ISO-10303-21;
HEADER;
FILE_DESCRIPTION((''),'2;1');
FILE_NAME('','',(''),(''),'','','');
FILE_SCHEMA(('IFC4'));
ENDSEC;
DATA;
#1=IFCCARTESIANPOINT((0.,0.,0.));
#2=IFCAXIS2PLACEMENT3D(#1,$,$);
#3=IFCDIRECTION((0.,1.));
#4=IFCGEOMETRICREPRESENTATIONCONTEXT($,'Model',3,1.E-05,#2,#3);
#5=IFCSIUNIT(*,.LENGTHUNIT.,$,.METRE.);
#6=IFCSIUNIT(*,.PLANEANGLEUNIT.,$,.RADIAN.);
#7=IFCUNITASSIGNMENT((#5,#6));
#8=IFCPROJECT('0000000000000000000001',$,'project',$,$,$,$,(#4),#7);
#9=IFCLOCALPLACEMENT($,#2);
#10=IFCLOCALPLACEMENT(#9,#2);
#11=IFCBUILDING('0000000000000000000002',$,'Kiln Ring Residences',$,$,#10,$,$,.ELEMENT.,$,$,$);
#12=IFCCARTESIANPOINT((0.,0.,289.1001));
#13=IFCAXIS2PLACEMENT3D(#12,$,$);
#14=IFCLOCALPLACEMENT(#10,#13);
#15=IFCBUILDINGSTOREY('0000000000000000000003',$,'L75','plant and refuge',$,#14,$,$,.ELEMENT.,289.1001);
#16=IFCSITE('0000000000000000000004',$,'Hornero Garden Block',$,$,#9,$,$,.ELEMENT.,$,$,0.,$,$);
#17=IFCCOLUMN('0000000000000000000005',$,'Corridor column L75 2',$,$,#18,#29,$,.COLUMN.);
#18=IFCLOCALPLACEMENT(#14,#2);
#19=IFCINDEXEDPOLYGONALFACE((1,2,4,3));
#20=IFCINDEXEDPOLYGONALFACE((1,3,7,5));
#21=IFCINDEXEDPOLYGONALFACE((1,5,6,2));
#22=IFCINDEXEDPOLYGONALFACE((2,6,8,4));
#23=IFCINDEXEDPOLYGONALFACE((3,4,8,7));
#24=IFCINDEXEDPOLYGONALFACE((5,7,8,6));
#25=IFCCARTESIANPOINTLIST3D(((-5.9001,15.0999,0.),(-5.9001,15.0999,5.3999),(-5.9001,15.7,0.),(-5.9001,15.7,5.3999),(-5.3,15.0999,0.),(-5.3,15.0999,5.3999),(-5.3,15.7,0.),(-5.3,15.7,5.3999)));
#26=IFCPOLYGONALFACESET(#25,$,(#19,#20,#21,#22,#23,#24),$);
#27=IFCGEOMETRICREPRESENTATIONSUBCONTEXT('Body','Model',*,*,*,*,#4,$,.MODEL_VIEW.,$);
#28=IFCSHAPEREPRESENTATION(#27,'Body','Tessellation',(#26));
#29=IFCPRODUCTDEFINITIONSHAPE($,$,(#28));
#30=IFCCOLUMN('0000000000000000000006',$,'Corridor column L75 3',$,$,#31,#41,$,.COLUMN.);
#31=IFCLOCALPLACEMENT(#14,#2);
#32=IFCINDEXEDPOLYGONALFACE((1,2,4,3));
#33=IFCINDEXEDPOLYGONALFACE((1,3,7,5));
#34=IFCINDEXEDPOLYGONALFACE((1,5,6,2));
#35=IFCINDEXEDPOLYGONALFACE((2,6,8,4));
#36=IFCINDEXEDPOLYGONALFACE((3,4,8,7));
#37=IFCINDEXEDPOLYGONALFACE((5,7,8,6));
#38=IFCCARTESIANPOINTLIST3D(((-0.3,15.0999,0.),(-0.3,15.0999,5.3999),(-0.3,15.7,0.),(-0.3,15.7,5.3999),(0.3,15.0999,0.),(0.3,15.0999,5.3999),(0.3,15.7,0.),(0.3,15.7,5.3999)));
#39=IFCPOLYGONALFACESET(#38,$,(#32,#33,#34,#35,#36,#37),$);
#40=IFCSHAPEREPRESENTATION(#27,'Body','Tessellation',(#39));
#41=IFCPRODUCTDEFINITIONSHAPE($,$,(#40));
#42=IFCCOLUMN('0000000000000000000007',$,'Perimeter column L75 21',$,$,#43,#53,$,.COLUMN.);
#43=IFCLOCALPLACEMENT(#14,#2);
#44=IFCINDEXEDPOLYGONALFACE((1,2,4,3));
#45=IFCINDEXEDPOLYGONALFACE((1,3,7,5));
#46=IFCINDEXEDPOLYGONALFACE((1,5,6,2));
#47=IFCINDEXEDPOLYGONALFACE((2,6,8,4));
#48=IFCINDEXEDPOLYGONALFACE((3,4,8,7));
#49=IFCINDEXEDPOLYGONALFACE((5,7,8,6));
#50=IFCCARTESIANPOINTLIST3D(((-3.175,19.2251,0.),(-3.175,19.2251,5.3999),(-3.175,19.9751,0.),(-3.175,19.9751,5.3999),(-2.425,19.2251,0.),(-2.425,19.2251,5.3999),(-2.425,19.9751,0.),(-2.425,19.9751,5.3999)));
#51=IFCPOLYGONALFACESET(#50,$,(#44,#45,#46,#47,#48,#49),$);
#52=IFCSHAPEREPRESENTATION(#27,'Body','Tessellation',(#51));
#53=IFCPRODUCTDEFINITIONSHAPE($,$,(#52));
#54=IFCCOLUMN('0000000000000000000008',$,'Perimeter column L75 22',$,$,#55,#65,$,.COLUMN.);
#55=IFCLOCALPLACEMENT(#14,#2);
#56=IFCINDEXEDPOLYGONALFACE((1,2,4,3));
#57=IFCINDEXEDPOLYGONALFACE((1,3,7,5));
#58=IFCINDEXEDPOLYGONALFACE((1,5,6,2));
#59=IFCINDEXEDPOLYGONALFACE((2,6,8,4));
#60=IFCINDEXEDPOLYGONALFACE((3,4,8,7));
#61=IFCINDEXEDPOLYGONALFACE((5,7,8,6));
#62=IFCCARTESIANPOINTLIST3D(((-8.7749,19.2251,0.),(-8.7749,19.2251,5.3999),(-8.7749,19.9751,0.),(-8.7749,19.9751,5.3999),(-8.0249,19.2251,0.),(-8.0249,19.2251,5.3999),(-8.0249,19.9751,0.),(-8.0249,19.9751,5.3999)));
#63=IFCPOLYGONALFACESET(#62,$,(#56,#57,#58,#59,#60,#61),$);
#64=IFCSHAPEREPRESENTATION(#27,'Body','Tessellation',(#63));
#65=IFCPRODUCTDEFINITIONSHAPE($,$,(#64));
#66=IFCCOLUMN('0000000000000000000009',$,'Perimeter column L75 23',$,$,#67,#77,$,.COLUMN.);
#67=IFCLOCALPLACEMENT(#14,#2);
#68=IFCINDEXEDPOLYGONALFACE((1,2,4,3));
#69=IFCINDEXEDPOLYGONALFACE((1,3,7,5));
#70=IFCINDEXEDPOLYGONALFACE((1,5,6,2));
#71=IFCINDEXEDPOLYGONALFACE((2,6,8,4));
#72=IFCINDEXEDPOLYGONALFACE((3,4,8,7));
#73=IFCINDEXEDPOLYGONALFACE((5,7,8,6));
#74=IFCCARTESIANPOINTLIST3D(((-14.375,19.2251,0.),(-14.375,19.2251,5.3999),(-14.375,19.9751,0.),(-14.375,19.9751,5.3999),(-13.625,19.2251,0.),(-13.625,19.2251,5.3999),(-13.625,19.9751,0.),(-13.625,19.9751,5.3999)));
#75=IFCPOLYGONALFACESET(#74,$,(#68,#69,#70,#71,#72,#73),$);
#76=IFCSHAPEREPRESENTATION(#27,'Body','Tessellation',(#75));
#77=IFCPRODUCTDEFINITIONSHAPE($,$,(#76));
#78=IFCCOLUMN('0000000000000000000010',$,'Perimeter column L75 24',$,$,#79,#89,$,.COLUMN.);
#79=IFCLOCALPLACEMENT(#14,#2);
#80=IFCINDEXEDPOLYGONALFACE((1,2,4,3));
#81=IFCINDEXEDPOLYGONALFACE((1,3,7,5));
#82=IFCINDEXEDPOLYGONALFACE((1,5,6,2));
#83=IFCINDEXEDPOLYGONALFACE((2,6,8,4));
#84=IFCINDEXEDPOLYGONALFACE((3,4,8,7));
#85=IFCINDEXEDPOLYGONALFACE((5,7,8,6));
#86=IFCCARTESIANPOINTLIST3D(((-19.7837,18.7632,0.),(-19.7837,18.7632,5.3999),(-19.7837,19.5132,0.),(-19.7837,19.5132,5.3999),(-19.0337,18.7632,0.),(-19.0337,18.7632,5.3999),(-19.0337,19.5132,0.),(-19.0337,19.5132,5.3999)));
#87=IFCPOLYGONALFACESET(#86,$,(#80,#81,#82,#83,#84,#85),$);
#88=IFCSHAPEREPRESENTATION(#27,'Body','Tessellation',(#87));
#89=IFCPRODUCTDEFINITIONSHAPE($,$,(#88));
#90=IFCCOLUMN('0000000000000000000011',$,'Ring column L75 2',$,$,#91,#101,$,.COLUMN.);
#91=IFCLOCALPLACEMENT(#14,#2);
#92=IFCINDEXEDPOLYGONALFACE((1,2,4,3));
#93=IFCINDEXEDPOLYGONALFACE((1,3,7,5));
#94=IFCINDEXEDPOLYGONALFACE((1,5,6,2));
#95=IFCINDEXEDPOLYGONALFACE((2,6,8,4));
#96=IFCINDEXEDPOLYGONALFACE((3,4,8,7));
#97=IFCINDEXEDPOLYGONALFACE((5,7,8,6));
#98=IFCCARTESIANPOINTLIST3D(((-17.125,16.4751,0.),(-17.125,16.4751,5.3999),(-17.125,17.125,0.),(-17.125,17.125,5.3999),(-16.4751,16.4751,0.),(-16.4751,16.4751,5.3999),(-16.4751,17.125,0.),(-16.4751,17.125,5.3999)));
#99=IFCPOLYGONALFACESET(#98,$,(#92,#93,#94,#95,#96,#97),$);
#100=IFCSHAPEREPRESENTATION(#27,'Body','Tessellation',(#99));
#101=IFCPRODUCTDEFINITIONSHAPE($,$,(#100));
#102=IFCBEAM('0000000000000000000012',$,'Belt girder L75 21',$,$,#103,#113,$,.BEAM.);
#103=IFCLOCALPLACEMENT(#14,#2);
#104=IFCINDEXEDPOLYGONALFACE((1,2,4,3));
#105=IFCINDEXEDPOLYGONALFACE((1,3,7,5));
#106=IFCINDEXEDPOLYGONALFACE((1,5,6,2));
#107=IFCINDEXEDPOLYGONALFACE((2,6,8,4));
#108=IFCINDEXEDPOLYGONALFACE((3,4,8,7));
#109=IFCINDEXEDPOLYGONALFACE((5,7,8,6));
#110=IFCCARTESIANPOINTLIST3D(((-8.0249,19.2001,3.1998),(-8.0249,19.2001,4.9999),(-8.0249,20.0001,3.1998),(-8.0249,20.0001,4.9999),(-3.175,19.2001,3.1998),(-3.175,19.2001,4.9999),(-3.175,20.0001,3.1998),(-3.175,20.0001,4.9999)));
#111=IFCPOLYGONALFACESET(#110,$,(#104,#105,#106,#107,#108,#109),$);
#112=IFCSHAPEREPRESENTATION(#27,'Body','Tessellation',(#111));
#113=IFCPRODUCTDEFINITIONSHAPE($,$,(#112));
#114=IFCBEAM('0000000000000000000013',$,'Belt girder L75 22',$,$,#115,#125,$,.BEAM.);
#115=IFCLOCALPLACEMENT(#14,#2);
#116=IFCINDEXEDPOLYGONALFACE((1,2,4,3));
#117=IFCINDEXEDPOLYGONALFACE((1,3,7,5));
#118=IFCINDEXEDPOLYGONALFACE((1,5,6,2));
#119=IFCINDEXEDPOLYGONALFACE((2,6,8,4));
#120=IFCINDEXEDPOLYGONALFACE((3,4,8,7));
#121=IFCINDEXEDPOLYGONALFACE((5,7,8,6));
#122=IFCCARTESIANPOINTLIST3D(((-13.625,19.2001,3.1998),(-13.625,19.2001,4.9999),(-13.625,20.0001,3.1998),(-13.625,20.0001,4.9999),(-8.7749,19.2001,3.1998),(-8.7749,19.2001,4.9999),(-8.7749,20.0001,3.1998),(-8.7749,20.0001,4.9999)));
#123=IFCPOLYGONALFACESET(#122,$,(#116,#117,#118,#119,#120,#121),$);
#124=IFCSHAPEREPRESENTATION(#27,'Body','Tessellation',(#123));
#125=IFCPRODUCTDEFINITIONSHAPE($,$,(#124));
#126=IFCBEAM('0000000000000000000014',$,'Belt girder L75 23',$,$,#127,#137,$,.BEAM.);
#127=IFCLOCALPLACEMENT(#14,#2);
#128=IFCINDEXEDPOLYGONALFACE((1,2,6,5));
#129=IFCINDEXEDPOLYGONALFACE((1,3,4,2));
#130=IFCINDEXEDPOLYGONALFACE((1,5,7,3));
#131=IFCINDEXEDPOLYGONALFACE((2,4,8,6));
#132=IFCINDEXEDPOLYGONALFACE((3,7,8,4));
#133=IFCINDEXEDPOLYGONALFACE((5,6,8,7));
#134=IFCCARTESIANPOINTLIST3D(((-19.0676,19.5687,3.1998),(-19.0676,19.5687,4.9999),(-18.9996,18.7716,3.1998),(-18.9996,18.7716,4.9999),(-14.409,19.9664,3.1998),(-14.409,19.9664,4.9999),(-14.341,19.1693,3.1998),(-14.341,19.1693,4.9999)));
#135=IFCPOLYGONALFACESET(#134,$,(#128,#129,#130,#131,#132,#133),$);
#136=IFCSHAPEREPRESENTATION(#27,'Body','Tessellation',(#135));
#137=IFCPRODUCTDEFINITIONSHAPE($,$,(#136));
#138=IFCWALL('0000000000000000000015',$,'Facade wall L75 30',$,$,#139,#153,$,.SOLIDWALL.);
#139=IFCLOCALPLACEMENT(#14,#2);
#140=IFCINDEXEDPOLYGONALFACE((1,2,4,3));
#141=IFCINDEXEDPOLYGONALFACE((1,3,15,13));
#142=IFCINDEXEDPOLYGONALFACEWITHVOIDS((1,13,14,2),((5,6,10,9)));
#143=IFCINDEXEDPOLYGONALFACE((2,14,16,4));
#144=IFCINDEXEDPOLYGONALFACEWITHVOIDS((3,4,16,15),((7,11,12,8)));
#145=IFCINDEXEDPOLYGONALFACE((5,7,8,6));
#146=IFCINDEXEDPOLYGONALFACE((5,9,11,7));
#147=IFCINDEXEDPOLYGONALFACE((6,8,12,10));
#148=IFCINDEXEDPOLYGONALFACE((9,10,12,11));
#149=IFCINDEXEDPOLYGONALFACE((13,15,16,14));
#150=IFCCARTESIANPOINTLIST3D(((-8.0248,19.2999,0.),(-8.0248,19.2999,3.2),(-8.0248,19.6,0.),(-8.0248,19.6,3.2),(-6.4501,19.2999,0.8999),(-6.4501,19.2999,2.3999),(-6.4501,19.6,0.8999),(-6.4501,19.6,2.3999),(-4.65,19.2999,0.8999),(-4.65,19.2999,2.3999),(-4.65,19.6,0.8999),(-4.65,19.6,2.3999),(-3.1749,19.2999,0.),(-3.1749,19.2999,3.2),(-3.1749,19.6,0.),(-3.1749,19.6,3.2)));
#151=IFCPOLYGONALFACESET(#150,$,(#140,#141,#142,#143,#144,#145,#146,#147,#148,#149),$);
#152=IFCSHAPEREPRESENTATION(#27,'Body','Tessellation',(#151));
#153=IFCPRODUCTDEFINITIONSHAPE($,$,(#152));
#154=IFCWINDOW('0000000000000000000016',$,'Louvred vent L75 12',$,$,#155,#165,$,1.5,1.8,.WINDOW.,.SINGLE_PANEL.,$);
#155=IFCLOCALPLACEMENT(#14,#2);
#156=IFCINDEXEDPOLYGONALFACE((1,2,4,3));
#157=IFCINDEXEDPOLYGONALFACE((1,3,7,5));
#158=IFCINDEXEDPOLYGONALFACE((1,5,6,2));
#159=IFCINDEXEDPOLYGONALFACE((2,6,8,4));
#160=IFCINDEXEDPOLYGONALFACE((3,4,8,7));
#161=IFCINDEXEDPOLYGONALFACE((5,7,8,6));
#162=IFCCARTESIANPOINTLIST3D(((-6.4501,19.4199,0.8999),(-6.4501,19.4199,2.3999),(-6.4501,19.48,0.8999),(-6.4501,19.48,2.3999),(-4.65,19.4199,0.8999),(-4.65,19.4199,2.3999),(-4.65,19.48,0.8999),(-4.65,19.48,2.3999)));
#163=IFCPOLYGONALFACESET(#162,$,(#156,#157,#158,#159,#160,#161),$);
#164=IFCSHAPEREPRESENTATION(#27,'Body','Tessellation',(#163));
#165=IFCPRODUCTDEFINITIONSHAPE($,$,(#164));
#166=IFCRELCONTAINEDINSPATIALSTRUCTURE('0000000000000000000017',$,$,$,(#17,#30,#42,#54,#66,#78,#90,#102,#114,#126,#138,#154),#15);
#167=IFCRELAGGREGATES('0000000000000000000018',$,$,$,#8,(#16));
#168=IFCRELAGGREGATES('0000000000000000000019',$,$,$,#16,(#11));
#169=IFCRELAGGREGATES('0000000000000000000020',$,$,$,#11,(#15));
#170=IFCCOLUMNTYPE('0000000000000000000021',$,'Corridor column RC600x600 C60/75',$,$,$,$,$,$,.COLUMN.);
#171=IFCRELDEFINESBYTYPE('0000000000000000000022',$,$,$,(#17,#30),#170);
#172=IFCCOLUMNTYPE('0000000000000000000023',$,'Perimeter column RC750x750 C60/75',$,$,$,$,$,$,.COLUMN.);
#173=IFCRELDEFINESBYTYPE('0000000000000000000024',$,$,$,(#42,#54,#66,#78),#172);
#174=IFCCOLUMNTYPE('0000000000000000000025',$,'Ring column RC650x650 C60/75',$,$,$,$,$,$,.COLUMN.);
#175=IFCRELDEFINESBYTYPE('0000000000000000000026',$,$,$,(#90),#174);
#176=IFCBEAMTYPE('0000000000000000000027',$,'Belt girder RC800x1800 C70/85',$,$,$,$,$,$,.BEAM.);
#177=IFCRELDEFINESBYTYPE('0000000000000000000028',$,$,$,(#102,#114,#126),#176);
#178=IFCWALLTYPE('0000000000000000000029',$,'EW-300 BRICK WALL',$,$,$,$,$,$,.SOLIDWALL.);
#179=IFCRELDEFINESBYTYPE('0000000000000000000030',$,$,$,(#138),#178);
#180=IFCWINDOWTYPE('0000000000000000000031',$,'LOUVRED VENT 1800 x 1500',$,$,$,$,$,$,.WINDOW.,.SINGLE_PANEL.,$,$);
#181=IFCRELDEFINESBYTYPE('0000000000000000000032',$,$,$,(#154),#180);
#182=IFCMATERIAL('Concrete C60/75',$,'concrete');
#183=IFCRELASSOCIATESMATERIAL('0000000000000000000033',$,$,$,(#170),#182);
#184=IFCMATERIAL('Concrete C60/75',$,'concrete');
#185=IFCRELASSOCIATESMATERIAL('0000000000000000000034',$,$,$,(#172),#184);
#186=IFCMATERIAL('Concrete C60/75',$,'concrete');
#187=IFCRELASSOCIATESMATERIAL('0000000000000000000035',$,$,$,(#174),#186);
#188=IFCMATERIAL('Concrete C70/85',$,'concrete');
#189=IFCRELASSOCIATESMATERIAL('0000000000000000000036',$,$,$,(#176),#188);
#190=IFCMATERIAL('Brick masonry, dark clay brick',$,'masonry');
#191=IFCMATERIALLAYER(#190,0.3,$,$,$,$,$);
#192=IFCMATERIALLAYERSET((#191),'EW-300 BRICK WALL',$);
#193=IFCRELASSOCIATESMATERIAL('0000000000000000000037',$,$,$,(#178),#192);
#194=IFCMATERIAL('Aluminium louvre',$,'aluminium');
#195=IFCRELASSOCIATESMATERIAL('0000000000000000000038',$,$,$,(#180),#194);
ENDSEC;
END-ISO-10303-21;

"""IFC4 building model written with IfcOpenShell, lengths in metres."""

from ifc_helpers import new_model, si_unit, direction, frame, frame_2d, origin, origin_2d, place, context, subcontext, project, spatial, rectangle, extrude, material, layer, layer_set, material_profile, profile_set, type_object, element, fill, save


model = new_model("IFC4")

# Units and contexts
model_context = context("Model", 3, precision=1e-05, world=origin(), true_north=direction((0.0, 1.0)))
body_context = subcontext(model_context, "Body", "Model", "MODEL_VIEW")
ifc_project = project(units=[si_unit("LENGTHUNIT", "METRE"), si_unit("PLANEANGLEUNIT", "RADIAN")], contexts=[model_context])

# Site, building, storey
site_placement = place(None, origin())
site = spatial("IfcSite", under=ifc_project, at=site_placement, Name="Hornero Garden Block", CompositionType="ELEMENT", RefElevation=0.0)
building_placement = place(site_placement, origin())
building = spatial("IfcBuilding", under=site, at=building_placement, Name="Kiln Ring Residences", CompositionType="ELEMENT")
storey_placement = place(building_placement, frame((0.0, 0.0, 289.1001)))
storey = spatial("IfcBuildingStorey", under=building, at=storey_placement, Name="L75", Description="plant and refuge", CompositionType="ELEMENT", Elevation=289.1001)

# Columns
ifc_material_1 = material(Name="Concrete C60/75", Category="concrete")
ifc_material_profile_1 = material_profile(ifc_material_1, rectangle(XDim=0.6001, YDim=0.6001, at=origin_2d()), Name="RC600x600")
ifc_profile_set_1 = profile_set([ifc_material_profile_1], Name="Concrete C60/75")
column_type_1 = type_object("IfcColumnType", Name="Corridor column RC600x600 C60/75", PredefinedType="COLUMN", material=ifc_profile_set_1)
for number, where, z_axis, x_axis, name in (
    (1, (-5.6001, 15.3999, 0.0), (0.0, 0.0, 1.0), (1.0, 0.0, 0.0), "Corridor column L75 2"),
    (2, (0.0, 15.3999, 0.0), (0.0, 0.0, 1.0), (1.0, 0.0, 0.0), "Corridor column L75 3"),
):
    element("IfcColumn", number, at=place(storey_placement, frame(where, z_axis=z_axis, x_axis=x_axis)), inside=storey, type_object=column_type_1, Name=name, PredefinedType="COLUMN", context=body_context, shape_type="SweptSolid", body=[
        extrude(rectangle(XDim=0.6001, YDim=0.6001, at=origin_2d()), origin(), (0.0, 0.0, 1.0), 5.3999),
    ])
ifc_material_2 = material(Name="Concrete C60/75", Category="concrete")
ifc_material_profile_2 = material_profile(ifc_material_2, rectangle(XDim=0.75, YDim=0.75, at=origin_2d()), Name="RC750x750")
ifc_profile_set_2 = profile_set([ifc_material_profile_2], Name="Concrete C60/75")
column_type_2 = type_object("IfcColumnType", Name="Perimeter column RC750x750 C60/75", PredefinedType="COLUMN", material=ifc_profile_set_2)
for number, where, z_axis, x_axis, name in (
    (3, (-2.8, 19.6001, 0.0), (0.0, 0.0, 1.0), (1.0, 0.0, 0.0), "Perimeter column L75 21"),
    (4, (-8.3999, 19.6001, 0.0), (0.0, 0.0, 1.0), (1.0, 0.0, 0.0), "Perimeter column L75 22"),
    (5, (-14.0, 19.6001, 0.0), (0.0, 0.0, 1.0), (1.0, 0.0, 0.0), "Perimeter column L75 23"),
    (6, (-19.4087, 19.1382, 0.0), (0.0, 0.0, 1.0), (1.0, 0.0, 0.0), "Perimeter column L75 24"),
):
    element("IfcColumn", number, at=place(storey_placement, frame(where, z_axis=z_axis, x_axis=x_axis)), inside=storey, type_object=column_type_2, Name=name, PredefinedType="COLUMN", context=body_context, shape_type="SweptSolid", body=[
        extrude(rectangle(XDim=0.75, YDim=0.75, at=origin_2d()), origin(), (0.0, 0.0, 1.0), 5.3999),
    ])
ifc_material_3 = material(Name="Concrete C60/75", Category="concrete")
ifc_material_profile_3 = material_profile(ifc_material_3, rectangle(XDim=0.6499, YDim=0.6499, at=origin_2d()), Name="RC650x650")
ifc_profile_set_3 = profile_set([ifc_material_profile_3], Name="Concrete C60/75")
column_type_3 = type_object("IfcColumnType", Name="Ring column RC650x650 C60/75", PredefinedType="COLUMN", material=ifc_profile_set_3)
column_placement = place(storey_placement, frame((-16.8, 16.8, 0.0), z_axis=(0.0, 0.0, 1.0), x_axis=(1.0, 0.0, 0.0)))
element("IfcColumn", 7, at=column_placement, inside=storey, type_object=column_type_3, Name="Ring column L75 2", PredefinedType="COLUMN", context=body_context, shape_type="SweptSolid", body=[
    extrude(rectangle(XDim=0.6499, YDim=0.6499, at=origin_2d()), origin(), (0.0, 0.0, 1.0), 5.3999),
])

# Beams
ifc_material_4 = material(Name="Concrete C70/85", Category="concrete")
ifc_material_profile_4 = material_profile(ifc_material_4, rectangle(XDim=0.8, YDim=1.8, at=origin_2d()), Name="RC800x1800")
ifc_profile_set_4 = profile_set([ifc_material_profile_4], Name="Concrete C70/85")
beam_type = type_object("IfcBeamType", Name="Belt girder RC800x1800 C70/85", PredefinedType="BEAM", material=ifc_profile_set_4)
beam_1_placement = place(storey_placement, frame((-3.175, 19.6001, 4.0999), z_axis=(-1.0, 0.0, 0.0), x_axis=(0.0, -1.0, 0.0)))
element("IfcBeam", 8, at=beam_1_placement, inside=storey, type_object=beam_type, Name="Belt girder L75 21", PredefinedType="BEAM", context=body_context, shape_type="SweptSolid", body=[
    extrude(rectangle(XDim=0.8, YDim=1.8, at=origin_2d()), origin(), (0.0, 0.0, 1.0), 4.8499),
])
beam_2_placement = place(storey_placement, frame((-8.7749, 19.6001, 4.0999), z_axis=(-1.0, 0.0, 0.0), x_axis=(0.0, -1.0, 0.0)))
element("IfcBeam", 9, at=beam_2_placement, inside=storey, type_object=beam_type, Name="Belt girder L75 22", PredefinedType="BEAM", context=body_context, shape_type="SweptSolid", body=[
    extrude(rectangle(XDim=0.8, YDim=1.8, at=origin_2d()), origin(), (0.0, 0.0, 1.0), 4.8501),
])
beam_3_placement = place(storey_placement, frame((-14.375, 19.5679, 4.0999), z_axis=(-0.996376, -0.085059, 0.0), x_axis=(0.085059, -0.996376, 0.0)))
element("IfcBeam", 10, at=beam_3_placement, inside=storey, type_object=beam_type, Name="Belt girder L75 23", PredefinedType="BEAM", context=body_context, shape_type="SweptSolid", body=[
    extrude(rectangle(XDim=0.8, YDim=1.8, at=origin_2d()), origin(), (0.0, 0.0, 1.0), 4.6755),
])

# Wall, opening, window
ifc_material_5 = material(Name="Brick masonry, dark clay brick", Category="masonry")
ifc_layer_1 = layer(ifc_material_5, 0.3)
ifc_layer_set_1 = layer_set([ifc_layer_1], Name="EW-300 BRICK WALL")
wall_type_1 = type_object("IfcWallType", Name="EW-300 BRICK WALL", PredefinedType="SOLIDWALL", material=ifc_layer_set_1)
wall_1_placement = place(storey_placement, frame((-3.175, 19.45, 0.0), z_axis=(0.0, 0.0, 1.0), x_axis=(-1.0, 0.0, 0.0)))
wall_1 = element("IfcWall", 11, at=wall_1_placement, inside=storey, type_object=wall_type_1, Name="Facade wall L75 30", PredefinedType="SOLIDWALL", context=body_context, shape_type="SweptSolid", body=[
    extrude(rectangle(XDim=4.8499, YDim=0.3, at=frame_2d((2.4248, 0.0))), origin(), (0.0, 0.0, 1.0), 3.2),
])
opening_1_placement = place(wall_1_placement, frame((1.4751, 0.0, 0.8999)))
opening_1 = element("IfcOpeningElement", 12, at=opening_1_placement, cuts=wall_1, PredefinedType="OPENING", context=body_context, shape_type="SweptSolid", body=[
    extrude(rectangle(XDim=1.8, YDim=1.5, at=frame_2d((0.8999, 0.75))), frame((0.0, 0.1599, 0.0), z_axis=(0.0, -1.0, 0.0), x_axis=(1.0, 0.0, 0.0)), (0.0, 0.0, 1.0), 0.3201),
])
ifc_material_6 = material(Name="Aluminium louvre", Category="aluminium")
window_type = type_object("IfcWindowType", Name="LOUVRED VENT 1800 x 1500", PartitioningType="SINGLE_PANEL", PredefinedType="WINDOW", material=ifc_material_6)
window_1_placement = place(opening_1_placement, origin())
window_1 = element("IfcWindow", 13, at=window_1_placement, inside=storey, type_object=window_type, Name="Louvred vent L75 12", OverallHeight=1.5, OverallWidth=1.8, PartitioningType="SINGLE_PANEL", PredefinedType="WINDOW", context=body_context, shape_type="SweptSolid", body=[
    extrude(rectangle(XDim=1.8, YDim=1.5, at=frame_2d((0.8999, 0.75))), frame((0.0, 0.03, 0.0), z_axis=(0.0, -1.0, 0.0), x_axis=(1.0, 0.0, 0.0)), (0.0, 0.0, 1.0), 0.0601),
])
fill(opening_1, window_1)

save(model, "model.ifc")
